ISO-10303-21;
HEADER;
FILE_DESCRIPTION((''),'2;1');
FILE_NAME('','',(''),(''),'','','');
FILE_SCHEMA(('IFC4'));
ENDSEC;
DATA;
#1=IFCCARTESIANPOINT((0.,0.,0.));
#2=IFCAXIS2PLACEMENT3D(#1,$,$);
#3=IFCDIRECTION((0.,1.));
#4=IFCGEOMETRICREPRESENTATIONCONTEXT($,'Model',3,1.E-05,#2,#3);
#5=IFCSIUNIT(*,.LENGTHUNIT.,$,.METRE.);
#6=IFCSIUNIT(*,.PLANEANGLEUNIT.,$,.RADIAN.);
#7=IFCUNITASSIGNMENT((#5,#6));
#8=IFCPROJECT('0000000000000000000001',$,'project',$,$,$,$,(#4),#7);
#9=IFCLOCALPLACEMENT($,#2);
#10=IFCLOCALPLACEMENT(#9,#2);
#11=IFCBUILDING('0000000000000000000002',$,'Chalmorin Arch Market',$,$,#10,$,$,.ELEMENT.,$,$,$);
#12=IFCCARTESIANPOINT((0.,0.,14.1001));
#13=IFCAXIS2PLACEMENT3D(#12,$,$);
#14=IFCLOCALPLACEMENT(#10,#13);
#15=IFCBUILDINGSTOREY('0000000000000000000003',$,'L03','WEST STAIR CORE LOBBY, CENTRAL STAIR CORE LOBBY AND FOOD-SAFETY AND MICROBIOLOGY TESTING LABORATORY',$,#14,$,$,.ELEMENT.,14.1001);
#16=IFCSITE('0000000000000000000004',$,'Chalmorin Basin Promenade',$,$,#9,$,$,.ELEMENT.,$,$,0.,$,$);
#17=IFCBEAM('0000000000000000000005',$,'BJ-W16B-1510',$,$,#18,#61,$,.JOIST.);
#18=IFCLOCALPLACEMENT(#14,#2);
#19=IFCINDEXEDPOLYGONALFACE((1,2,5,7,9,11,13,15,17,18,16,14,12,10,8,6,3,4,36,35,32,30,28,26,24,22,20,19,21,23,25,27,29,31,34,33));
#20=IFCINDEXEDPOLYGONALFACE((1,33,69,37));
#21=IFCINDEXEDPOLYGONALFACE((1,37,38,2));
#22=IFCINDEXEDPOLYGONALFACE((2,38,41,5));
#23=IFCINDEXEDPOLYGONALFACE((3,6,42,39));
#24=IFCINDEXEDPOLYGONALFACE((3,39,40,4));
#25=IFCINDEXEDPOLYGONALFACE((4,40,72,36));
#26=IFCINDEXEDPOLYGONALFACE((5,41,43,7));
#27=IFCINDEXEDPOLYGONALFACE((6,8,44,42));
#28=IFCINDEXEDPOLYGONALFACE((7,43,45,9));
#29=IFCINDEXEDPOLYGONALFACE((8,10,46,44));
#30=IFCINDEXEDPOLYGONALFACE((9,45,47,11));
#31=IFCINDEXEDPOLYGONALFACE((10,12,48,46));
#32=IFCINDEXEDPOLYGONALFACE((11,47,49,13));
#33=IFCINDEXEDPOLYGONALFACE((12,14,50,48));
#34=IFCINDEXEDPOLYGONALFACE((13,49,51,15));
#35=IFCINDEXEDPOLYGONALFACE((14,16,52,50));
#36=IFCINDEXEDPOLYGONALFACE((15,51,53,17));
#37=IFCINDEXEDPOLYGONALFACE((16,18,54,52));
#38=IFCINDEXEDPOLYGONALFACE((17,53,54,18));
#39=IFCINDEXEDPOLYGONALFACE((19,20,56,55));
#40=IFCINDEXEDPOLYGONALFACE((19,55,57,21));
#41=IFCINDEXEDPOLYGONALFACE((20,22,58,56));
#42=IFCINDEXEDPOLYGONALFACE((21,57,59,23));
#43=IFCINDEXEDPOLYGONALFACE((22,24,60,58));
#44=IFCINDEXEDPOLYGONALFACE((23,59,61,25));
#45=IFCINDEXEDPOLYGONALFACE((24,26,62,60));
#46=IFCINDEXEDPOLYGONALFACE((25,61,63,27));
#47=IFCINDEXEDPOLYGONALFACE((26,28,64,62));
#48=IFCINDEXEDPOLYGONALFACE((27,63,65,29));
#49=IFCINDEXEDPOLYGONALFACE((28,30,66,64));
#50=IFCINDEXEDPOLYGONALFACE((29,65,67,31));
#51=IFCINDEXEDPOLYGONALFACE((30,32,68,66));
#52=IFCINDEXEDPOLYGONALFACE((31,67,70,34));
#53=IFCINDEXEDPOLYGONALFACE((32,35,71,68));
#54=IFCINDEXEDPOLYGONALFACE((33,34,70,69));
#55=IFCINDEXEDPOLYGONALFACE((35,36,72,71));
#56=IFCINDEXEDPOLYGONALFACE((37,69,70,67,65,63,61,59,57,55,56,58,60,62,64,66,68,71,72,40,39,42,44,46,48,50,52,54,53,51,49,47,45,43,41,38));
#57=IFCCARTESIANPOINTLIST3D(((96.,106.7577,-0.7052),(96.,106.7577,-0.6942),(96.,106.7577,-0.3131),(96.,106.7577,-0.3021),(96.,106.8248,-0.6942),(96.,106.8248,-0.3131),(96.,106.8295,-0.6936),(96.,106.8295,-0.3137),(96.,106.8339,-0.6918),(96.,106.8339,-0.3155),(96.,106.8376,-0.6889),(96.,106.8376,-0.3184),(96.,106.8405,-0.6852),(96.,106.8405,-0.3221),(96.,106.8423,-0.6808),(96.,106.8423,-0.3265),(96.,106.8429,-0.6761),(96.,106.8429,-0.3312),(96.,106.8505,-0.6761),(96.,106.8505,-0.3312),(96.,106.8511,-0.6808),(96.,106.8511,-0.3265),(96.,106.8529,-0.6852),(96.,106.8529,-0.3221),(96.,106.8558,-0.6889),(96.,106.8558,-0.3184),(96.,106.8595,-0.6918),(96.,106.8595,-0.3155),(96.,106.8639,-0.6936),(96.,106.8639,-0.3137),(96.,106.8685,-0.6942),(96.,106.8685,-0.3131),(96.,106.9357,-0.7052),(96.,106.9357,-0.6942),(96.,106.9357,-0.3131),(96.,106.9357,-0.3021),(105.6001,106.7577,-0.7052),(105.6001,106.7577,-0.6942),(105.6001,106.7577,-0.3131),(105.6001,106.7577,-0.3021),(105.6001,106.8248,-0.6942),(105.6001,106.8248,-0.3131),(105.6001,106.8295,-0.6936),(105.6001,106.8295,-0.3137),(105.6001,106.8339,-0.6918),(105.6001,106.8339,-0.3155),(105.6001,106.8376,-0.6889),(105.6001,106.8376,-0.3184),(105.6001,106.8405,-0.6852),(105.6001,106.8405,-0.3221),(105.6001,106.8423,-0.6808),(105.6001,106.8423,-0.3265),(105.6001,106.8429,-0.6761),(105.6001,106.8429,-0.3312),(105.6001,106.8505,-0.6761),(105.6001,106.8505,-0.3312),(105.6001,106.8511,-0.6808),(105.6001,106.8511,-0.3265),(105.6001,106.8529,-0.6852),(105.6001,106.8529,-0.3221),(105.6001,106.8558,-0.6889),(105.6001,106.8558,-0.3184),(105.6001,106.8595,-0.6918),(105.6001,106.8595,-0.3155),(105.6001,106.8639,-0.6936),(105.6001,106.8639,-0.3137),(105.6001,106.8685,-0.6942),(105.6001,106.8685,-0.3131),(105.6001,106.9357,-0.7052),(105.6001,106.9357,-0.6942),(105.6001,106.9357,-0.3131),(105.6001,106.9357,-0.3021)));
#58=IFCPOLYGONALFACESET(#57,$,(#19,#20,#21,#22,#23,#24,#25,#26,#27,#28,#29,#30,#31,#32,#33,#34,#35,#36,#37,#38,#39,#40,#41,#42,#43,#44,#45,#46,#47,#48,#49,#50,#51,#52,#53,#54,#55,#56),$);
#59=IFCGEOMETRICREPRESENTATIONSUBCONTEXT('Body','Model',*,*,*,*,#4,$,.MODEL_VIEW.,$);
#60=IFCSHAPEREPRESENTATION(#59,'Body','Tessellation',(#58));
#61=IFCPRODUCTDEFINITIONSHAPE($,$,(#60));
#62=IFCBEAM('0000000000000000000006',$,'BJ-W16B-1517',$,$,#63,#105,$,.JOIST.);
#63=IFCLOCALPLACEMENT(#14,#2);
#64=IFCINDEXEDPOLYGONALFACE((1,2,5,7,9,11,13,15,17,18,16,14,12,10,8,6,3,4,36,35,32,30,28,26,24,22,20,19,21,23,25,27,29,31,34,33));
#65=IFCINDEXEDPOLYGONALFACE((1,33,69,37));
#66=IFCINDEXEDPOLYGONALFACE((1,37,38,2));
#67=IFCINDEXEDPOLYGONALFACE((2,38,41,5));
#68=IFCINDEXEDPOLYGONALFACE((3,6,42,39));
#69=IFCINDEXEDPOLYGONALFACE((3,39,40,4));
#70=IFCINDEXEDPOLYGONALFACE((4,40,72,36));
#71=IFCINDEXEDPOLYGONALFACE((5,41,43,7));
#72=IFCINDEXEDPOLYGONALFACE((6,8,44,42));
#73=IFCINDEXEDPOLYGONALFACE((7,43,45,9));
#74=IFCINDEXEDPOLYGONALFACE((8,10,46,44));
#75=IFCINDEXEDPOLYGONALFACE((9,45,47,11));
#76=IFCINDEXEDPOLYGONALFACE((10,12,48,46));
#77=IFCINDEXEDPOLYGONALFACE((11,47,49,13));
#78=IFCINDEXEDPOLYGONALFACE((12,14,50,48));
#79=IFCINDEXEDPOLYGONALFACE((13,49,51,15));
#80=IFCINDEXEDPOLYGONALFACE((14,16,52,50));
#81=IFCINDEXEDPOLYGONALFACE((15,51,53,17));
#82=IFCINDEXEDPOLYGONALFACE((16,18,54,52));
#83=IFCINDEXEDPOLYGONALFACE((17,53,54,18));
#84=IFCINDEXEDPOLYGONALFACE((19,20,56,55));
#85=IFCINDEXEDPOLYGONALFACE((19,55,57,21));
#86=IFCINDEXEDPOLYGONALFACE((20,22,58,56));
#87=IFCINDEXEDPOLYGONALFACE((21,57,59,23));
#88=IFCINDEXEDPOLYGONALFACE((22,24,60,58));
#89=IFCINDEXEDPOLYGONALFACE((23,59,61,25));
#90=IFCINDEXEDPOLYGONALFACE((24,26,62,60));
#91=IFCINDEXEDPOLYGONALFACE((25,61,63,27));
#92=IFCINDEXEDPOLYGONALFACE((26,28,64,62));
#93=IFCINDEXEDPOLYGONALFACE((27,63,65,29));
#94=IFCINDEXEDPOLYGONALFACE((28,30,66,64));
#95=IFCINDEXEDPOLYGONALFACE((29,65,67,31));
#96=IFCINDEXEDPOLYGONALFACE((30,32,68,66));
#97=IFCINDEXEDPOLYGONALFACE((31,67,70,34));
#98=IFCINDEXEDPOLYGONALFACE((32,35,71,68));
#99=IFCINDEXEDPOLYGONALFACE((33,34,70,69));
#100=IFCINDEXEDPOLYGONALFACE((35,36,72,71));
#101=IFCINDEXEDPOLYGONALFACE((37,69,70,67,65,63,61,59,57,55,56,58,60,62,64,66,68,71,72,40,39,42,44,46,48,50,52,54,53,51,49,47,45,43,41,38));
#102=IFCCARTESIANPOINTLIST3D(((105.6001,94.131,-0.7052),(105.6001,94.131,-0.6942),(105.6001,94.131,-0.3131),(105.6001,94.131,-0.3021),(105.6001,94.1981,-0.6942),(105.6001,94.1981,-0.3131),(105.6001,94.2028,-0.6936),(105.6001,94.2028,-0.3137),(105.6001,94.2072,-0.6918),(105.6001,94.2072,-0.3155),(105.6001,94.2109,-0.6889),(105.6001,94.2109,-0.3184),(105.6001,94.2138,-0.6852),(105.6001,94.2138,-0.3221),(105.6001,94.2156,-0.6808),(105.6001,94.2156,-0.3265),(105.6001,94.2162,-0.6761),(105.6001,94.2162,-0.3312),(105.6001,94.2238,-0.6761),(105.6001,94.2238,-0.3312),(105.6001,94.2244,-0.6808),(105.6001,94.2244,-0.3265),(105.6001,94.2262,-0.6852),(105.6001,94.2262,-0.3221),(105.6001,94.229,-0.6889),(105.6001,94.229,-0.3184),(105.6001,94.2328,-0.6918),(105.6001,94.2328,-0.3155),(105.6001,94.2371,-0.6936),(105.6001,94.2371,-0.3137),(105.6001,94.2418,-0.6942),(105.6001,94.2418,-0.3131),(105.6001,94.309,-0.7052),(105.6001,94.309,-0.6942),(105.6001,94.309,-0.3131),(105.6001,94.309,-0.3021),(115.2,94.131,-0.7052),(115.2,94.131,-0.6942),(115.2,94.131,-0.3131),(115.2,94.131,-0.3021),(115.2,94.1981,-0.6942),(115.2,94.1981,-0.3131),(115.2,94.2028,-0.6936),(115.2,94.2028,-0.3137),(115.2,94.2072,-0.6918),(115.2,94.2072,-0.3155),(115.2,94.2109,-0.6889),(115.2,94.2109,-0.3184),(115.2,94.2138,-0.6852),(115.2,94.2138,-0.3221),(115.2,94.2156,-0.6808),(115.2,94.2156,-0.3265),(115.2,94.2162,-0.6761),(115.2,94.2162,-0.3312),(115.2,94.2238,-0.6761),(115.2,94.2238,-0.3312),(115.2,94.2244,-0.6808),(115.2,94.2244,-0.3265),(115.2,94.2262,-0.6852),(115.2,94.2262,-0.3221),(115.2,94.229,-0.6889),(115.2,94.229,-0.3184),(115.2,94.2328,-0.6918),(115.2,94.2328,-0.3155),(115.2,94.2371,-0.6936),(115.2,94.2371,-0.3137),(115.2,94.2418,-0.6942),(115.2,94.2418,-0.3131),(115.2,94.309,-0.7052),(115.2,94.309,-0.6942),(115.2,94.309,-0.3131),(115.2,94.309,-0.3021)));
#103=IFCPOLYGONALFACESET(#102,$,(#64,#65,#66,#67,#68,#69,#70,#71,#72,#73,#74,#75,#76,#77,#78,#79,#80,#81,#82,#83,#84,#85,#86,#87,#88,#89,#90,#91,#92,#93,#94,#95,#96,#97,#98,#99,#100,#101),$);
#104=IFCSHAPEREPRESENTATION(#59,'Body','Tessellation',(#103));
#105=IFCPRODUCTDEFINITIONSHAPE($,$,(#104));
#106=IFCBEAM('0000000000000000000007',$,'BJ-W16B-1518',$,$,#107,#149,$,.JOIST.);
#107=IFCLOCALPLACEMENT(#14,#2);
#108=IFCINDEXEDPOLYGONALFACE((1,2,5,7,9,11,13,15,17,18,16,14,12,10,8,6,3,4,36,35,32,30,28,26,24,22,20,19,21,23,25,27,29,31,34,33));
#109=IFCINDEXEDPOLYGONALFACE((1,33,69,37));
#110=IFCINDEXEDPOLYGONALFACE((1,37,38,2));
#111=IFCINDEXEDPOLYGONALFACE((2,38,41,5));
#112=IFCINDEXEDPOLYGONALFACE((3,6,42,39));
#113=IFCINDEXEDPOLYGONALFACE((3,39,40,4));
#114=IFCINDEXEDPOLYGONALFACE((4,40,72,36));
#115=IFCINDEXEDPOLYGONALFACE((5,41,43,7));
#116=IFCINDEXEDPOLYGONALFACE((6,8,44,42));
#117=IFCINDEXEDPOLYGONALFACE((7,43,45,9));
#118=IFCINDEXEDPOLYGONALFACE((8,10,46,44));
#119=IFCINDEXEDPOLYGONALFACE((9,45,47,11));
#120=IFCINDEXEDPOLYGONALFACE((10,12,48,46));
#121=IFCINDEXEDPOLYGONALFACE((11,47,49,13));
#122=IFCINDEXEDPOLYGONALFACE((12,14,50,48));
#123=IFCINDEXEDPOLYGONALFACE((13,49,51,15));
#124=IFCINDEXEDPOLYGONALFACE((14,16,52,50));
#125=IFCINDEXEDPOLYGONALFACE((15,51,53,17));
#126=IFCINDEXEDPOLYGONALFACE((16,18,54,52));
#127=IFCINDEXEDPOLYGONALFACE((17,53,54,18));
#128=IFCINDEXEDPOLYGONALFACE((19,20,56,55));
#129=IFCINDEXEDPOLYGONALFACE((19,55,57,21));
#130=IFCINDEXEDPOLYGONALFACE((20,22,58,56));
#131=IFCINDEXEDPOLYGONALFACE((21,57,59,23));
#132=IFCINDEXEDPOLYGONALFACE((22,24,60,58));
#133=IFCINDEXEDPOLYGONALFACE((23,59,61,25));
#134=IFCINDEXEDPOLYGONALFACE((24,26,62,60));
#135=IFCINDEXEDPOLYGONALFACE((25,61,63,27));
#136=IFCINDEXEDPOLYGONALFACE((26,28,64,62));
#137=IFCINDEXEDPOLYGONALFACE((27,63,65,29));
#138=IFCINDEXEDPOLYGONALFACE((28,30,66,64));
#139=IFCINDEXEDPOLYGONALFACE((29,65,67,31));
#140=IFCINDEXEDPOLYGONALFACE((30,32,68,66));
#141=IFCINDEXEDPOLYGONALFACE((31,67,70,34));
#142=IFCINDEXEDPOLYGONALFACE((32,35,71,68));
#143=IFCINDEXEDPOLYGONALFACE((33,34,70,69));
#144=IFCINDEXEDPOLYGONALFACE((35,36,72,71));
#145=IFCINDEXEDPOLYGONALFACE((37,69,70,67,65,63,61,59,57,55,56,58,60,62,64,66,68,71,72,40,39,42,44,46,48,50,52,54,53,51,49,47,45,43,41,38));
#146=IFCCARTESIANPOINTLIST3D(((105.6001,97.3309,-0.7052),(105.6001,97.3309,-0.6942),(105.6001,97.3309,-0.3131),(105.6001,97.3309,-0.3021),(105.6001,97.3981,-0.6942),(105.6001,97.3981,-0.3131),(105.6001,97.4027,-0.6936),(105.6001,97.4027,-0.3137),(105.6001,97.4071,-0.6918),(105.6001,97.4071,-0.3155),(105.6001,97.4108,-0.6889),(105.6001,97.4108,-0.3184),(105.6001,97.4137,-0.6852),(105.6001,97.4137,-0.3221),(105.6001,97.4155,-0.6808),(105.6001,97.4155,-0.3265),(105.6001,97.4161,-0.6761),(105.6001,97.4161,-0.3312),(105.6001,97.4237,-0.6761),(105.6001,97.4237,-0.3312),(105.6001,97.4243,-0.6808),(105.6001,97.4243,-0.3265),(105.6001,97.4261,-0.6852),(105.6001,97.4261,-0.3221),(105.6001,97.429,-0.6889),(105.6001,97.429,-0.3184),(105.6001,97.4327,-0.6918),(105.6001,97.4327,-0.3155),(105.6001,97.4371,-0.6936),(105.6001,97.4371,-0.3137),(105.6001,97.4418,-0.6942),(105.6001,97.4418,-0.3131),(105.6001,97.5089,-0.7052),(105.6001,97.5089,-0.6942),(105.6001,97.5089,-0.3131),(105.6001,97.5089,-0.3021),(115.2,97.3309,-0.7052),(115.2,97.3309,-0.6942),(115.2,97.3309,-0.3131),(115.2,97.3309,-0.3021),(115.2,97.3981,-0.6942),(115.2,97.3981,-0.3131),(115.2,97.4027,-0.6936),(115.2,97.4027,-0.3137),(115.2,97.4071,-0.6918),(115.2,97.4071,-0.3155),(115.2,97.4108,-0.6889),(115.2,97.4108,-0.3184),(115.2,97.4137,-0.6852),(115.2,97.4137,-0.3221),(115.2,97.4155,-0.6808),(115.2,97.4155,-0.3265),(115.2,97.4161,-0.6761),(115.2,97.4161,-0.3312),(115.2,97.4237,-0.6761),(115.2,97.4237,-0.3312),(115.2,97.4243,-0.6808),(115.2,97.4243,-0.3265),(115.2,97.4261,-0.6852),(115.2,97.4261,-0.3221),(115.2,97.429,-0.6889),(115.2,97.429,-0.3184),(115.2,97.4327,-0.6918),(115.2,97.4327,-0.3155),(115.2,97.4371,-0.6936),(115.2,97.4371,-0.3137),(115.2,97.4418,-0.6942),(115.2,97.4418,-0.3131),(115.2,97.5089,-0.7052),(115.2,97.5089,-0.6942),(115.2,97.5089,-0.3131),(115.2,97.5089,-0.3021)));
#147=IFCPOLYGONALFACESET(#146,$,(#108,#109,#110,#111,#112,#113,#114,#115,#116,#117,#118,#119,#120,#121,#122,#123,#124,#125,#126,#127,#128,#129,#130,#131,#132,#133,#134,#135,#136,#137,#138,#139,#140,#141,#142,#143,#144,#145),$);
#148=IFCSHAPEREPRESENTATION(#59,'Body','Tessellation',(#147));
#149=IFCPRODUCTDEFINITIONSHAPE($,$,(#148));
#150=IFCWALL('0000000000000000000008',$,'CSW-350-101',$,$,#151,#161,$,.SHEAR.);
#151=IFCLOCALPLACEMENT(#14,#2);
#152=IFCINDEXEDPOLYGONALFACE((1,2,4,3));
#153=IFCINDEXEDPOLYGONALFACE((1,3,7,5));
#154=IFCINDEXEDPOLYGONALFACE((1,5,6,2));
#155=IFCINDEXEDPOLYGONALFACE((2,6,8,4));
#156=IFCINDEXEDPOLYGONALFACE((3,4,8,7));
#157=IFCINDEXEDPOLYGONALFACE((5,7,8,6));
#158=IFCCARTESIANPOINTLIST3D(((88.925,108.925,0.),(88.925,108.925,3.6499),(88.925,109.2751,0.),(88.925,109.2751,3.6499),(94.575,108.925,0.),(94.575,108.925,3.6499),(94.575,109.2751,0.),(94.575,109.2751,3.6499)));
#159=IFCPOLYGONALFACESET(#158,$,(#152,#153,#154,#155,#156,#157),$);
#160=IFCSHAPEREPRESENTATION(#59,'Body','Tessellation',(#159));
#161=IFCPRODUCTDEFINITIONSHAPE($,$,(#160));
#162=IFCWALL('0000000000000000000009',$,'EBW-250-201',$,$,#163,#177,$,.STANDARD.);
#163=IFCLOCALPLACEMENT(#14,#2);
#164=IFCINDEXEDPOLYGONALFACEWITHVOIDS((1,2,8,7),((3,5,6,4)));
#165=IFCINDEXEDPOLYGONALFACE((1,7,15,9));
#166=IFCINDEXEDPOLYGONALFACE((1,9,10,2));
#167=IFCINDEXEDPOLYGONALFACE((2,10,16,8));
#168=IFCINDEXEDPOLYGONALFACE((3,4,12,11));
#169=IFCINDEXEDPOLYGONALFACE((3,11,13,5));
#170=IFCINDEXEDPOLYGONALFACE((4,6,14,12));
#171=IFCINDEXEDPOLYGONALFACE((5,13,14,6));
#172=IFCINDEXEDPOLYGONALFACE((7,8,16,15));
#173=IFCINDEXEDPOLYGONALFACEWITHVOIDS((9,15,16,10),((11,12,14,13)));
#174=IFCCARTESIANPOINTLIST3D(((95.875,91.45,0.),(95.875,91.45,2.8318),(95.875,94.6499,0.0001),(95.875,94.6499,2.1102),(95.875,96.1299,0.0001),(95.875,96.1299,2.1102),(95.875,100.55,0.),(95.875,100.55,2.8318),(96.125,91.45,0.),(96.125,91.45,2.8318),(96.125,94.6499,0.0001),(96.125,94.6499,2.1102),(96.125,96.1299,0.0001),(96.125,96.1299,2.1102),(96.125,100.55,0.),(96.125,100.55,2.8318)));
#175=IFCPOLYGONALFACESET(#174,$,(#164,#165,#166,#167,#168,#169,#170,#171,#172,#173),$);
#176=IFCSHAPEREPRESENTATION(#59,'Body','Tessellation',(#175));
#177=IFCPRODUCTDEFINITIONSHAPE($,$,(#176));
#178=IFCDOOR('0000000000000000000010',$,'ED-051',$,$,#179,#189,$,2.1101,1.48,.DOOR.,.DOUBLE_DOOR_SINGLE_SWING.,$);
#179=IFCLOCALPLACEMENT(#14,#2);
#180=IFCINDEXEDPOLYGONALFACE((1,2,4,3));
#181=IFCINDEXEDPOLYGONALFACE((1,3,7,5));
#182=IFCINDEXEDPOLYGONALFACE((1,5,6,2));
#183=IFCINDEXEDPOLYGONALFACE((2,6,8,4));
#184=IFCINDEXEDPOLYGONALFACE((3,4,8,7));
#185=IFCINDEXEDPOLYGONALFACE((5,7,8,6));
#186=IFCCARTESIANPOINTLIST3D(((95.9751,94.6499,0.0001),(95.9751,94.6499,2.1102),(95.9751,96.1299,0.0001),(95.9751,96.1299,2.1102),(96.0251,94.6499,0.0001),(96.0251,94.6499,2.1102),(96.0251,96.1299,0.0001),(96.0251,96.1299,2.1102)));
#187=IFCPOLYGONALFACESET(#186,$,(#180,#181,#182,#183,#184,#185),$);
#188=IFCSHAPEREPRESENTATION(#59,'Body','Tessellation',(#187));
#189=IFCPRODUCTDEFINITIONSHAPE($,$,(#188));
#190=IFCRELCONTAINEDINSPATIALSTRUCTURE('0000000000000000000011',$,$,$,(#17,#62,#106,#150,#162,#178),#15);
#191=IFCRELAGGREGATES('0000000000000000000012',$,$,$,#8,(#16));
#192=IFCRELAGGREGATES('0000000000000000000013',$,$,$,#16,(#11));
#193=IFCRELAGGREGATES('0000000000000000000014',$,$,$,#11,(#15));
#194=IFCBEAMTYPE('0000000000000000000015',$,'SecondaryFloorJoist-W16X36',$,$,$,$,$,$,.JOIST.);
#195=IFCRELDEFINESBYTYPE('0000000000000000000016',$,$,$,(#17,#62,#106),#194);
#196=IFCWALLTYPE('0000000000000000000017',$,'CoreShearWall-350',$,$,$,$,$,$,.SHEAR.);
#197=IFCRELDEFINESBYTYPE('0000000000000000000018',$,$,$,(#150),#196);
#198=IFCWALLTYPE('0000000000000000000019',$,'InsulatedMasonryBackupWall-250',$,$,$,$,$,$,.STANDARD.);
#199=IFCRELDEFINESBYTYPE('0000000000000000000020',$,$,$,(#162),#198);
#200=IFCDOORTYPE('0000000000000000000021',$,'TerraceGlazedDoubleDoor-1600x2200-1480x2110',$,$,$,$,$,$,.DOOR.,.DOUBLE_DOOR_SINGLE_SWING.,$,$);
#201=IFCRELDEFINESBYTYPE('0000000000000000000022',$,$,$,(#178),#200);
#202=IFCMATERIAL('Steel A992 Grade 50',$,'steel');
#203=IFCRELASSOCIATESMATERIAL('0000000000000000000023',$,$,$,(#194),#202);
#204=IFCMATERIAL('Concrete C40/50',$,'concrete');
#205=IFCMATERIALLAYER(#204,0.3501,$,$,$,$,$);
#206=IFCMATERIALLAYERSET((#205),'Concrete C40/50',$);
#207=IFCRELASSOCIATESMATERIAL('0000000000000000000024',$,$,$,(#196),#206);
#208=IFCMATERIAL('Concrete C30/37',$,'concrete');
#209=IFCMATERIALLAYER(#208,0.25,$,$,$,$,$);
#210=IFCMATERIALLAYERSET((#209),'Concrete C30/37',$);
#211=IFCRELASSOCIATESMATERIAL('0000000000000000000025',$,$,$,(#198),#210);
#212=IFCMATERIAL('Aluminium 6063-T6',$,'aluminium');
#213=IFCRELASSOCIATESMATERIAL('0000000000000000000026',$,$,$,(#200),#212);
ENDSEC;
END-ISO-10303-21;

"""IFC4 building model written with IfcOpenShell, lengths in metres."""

from ifc_helpers import new_model, si_unit, direction, frame, frame_2d, origin, origin_2d, place, context, subcontext, project, spatial, rectangle, i_section, extrude, material, layer, layer_set, material_profile, profile_set, type_object, element, fill, save


model = new_model("IFC4")

# Units and contexts
model_context = context("Model", 3, precision=1e-05, world=origin(), true_north=direction((0.0, 1.0)))
body_context = subcontext(model_context, "Body", "Model", "MODEL_VIEW")
ifc_project = project(units=[si_unit("LENGTHUNIT", "METRE"), si_unit("PLANEANGLEUNIT", "RADIAN")], contexts=[model_context])

# Site, building, storey
site_placement = place(None, origin())
site = spatial("IfcSite", under=ifc_project, at=site_placement, Name="Chalmorin Basin Promenade", CompositionType="ELEMENT", RefElevation=0.0)
building_placement = place(site_placement, origin())
building = spatial("IfcBuilding", under=site, at=building_placement, Name="Chalmorin Arch Market", CompositionType="ELEMENT")
storey_placement = place(building_placement, frame((0.0, 0.0, 14.1001)))
storey = spatial("IfcBuildingStorey", under=building, at=storey_placement, Name="L03", Description="WEST STAIR CORE LOBBY, CENTRAL STAIR CORE LOBBY AND FOOD-SAFETY AND MICROBIOLOGY TESTING LABORATORY", CompositionType="ELEMENT", Elevation=14.1001)

# Shared definitions
ifc_material_1 = material(Name="Concrete C40/50", Category="concrete")

# Shared definitions
ifc_material_2 = material(Name="Steel A992 Grade 50", Category="steel")

# Beams
ifc_material_profile_1 = material_profile(ifc_material_2, i_section(OverallWidth=0.178, OverallDepth=0.4031, WebThickness=0.0076, FlangeThickness=0.011, FilletRadius=0.0181, at=origin_2d()), Name="W16X36")
ifc_profile_set_1 = profile_set([ifc_material_profile_1], Name="Steel A992 Grade 50")
beam_type_1 = type_object("IfcBeamType", Name="SecondaryFloorJoist-W16X36", PredefinedType="JOIST", material=ifc_profile_set_1)
for number, where, z_axis, x_axis, name in (
    (1, (96.0, 106.8467, -0.5037), (1.0, 0.0, 0.0), (0.0, 1.0, 0.0), "BJ-W16B-1510"),
):
    element("IfcBeam", number, at=place(storey_placement, frame(where, z_axis=z_axis, x_axis=x_axis)), inside=storey, type_object=beam_type_1, Name=name, PredefinedType="JOIST", context=body_context, shape_type="SweptSolid", body=[
        extrude(i_section(OverallWidth=0.178, OverallDepth=0.4031, WebThickness=0.0076, FlangeThickness=0.011, FilletRadius=0.0181, at=origin_2d()), origin(), (0.0, 0.0, 1.0), 9.6001),
    ])
for number, where, z_axis, x_axis, name in (
    (2, (105.6001, 94.22, -0.5037), (1.0, 0.0, 0.0), (0.0, 1.0, 0.0), "BJ-W16B-1517"),
    (3, (105.6001, 97.4199, -0.5037), (1.0, 0.0, 0.0), (0.0, 1.0, 0.0), "BJ-W16B-1518"),
):
    element("IfcBeam", number, at=place(storey_placement, frame(where, z_axis=z_axis, x_axis=x_axis)), inside=storey, type_object=beam_type_1, Name=name, PredefinedType="JOIST", context=body_context, shape_type="SweptSolid", body=[
        extrude(i_section(OverallWidth=0.178, OverallDepth=0.4031, WebThickness=0.0076, FlangeThickness=0.011, FilletRadius=0.0181, at=origin_2d()), origin(), (0.0, 0.0, 1.0), 9.5999),
    ])

# Wall
ifc_layer_1 = layer(ifc_material_1, 0.3501)
ifc_layer_set_1 = layer_set([ifc_layer_1], Name="Concrete C40/50")
wall_type_1 = type_object("IfcWallType", Name="CoreShearWall-350", PredefinedType="SHEAR", material=ifc_layer_set_1)
wall_1_placement = place(storey_placement, frame((94.575, 109.1001, 0.0), z_axis=(0.0, 0.0, 1.0), x_axis=(-1.0, 0.0, 0.0)))
element("IfcWall", 4, at=wall_1_placement, inside=storey, type_object=wall_type_1, Name="CSW-350-101", PredefinedType="SHEAR", context=body_context, shape_type="SweptSolid", body=[
    extrude(rectangle(XDim=5.6499, YDim=0.3501, at=frame_2d((2.825, 0.0))), origin(), (0.0, 0.0, 1.0), 3.6499),
])

# Wall, opening, door
ifc_material_3 = material(Name="Concrete C30/37", Category="concrete")
ifc_layer_2 = layer(ifc_material_3, 0.25)
ifc_layer_set_2 = layer_set([ifc_layer_2], Name="Concrete C30/37")
wall_type_2 = type_object("IfcWallType", Name="InsulatedMasonryBackupWall-250", PredefinedType="STANDARD", material=ifc_layer_set_2)
wall_2_placement = place(storey_placement, frame((96.0, 91.45, 0.0), z_axis=(0.0, 0.0, 1.0), x_axis=(0.0, 1.0, 0.0)))
wall_2 = element("IfcWall", 5, at=wall_2_placement, inside=storey, type_object=wall_type_2, Name="EBW-250-201", PredefinedType="STANDARD", context=body_context, shape_type="SweptSolid", body=[
    extrude(rectangle(XDim=9.1001, YDim=0.25, at=frame_2d((4.55, 0.0))), origin(), (0.0, 0.0, 1.0), 2.8318),
])
opening_1_placement = place(wall_2_placement, frame((3.2, 0.0, 0.0)))
opening_1 = element("IfcOpeningElement", 6, at=opening_1_placement, cuts=wall_2, PredefinedType="OPENING", context=body_context, shape_type="SweptSolid", body=[
    extrude(rectangle(XDim=1.48, YDim=2.1101, at=frame_2d((0.74, 1.0552))), frame((0.0, 0.135, 0.0), z_axis=(0.0, -1.0, 0.0), x_axis=(1.0, 0.0, 0.0)), (0.0, 0.0, 1.0), 0.27),
])
ifc_material_4 = material(Name="Aluminium 6063-T6", Category="aluminium")
door_type_1 = type_object("IfcDoorType", Name="TerraceGlazedDoubleDoor-1600x2200-1480x2110", OperationType="DOUBLE_DOOR_SINGLE_SWING", PredefinedType="DOOR", material=ifc_material_4)
door_1_placement = place(opening_1_placement, origin())
door_1 = element("IfcDoor", 7, at=door_1_placement, inside=storey, type_object=door_type_1, Name="ED-051", OperationType="DOUBLE_DOOR_SINGLE_SWING", OverallHeight=2.1101, OverallWidth=1.48, PredefinedType="DOOR", context=body_context, shape_type="SweptSolid", body=[
    extrude(rectangle(XDim=1.48, YDim=2.1101, at=frame_2d((0.74, 1.0552))), frame((0.0, 0.0249, 0.0), z_axis=(0.0, -1.0, 0.0), x_axis=(1.0, 0.0, 0.0)), (0.0, 0.0, 1.0), 0.05),
])
fill(opening_1, door_1)

save(model, "model.ifc")
